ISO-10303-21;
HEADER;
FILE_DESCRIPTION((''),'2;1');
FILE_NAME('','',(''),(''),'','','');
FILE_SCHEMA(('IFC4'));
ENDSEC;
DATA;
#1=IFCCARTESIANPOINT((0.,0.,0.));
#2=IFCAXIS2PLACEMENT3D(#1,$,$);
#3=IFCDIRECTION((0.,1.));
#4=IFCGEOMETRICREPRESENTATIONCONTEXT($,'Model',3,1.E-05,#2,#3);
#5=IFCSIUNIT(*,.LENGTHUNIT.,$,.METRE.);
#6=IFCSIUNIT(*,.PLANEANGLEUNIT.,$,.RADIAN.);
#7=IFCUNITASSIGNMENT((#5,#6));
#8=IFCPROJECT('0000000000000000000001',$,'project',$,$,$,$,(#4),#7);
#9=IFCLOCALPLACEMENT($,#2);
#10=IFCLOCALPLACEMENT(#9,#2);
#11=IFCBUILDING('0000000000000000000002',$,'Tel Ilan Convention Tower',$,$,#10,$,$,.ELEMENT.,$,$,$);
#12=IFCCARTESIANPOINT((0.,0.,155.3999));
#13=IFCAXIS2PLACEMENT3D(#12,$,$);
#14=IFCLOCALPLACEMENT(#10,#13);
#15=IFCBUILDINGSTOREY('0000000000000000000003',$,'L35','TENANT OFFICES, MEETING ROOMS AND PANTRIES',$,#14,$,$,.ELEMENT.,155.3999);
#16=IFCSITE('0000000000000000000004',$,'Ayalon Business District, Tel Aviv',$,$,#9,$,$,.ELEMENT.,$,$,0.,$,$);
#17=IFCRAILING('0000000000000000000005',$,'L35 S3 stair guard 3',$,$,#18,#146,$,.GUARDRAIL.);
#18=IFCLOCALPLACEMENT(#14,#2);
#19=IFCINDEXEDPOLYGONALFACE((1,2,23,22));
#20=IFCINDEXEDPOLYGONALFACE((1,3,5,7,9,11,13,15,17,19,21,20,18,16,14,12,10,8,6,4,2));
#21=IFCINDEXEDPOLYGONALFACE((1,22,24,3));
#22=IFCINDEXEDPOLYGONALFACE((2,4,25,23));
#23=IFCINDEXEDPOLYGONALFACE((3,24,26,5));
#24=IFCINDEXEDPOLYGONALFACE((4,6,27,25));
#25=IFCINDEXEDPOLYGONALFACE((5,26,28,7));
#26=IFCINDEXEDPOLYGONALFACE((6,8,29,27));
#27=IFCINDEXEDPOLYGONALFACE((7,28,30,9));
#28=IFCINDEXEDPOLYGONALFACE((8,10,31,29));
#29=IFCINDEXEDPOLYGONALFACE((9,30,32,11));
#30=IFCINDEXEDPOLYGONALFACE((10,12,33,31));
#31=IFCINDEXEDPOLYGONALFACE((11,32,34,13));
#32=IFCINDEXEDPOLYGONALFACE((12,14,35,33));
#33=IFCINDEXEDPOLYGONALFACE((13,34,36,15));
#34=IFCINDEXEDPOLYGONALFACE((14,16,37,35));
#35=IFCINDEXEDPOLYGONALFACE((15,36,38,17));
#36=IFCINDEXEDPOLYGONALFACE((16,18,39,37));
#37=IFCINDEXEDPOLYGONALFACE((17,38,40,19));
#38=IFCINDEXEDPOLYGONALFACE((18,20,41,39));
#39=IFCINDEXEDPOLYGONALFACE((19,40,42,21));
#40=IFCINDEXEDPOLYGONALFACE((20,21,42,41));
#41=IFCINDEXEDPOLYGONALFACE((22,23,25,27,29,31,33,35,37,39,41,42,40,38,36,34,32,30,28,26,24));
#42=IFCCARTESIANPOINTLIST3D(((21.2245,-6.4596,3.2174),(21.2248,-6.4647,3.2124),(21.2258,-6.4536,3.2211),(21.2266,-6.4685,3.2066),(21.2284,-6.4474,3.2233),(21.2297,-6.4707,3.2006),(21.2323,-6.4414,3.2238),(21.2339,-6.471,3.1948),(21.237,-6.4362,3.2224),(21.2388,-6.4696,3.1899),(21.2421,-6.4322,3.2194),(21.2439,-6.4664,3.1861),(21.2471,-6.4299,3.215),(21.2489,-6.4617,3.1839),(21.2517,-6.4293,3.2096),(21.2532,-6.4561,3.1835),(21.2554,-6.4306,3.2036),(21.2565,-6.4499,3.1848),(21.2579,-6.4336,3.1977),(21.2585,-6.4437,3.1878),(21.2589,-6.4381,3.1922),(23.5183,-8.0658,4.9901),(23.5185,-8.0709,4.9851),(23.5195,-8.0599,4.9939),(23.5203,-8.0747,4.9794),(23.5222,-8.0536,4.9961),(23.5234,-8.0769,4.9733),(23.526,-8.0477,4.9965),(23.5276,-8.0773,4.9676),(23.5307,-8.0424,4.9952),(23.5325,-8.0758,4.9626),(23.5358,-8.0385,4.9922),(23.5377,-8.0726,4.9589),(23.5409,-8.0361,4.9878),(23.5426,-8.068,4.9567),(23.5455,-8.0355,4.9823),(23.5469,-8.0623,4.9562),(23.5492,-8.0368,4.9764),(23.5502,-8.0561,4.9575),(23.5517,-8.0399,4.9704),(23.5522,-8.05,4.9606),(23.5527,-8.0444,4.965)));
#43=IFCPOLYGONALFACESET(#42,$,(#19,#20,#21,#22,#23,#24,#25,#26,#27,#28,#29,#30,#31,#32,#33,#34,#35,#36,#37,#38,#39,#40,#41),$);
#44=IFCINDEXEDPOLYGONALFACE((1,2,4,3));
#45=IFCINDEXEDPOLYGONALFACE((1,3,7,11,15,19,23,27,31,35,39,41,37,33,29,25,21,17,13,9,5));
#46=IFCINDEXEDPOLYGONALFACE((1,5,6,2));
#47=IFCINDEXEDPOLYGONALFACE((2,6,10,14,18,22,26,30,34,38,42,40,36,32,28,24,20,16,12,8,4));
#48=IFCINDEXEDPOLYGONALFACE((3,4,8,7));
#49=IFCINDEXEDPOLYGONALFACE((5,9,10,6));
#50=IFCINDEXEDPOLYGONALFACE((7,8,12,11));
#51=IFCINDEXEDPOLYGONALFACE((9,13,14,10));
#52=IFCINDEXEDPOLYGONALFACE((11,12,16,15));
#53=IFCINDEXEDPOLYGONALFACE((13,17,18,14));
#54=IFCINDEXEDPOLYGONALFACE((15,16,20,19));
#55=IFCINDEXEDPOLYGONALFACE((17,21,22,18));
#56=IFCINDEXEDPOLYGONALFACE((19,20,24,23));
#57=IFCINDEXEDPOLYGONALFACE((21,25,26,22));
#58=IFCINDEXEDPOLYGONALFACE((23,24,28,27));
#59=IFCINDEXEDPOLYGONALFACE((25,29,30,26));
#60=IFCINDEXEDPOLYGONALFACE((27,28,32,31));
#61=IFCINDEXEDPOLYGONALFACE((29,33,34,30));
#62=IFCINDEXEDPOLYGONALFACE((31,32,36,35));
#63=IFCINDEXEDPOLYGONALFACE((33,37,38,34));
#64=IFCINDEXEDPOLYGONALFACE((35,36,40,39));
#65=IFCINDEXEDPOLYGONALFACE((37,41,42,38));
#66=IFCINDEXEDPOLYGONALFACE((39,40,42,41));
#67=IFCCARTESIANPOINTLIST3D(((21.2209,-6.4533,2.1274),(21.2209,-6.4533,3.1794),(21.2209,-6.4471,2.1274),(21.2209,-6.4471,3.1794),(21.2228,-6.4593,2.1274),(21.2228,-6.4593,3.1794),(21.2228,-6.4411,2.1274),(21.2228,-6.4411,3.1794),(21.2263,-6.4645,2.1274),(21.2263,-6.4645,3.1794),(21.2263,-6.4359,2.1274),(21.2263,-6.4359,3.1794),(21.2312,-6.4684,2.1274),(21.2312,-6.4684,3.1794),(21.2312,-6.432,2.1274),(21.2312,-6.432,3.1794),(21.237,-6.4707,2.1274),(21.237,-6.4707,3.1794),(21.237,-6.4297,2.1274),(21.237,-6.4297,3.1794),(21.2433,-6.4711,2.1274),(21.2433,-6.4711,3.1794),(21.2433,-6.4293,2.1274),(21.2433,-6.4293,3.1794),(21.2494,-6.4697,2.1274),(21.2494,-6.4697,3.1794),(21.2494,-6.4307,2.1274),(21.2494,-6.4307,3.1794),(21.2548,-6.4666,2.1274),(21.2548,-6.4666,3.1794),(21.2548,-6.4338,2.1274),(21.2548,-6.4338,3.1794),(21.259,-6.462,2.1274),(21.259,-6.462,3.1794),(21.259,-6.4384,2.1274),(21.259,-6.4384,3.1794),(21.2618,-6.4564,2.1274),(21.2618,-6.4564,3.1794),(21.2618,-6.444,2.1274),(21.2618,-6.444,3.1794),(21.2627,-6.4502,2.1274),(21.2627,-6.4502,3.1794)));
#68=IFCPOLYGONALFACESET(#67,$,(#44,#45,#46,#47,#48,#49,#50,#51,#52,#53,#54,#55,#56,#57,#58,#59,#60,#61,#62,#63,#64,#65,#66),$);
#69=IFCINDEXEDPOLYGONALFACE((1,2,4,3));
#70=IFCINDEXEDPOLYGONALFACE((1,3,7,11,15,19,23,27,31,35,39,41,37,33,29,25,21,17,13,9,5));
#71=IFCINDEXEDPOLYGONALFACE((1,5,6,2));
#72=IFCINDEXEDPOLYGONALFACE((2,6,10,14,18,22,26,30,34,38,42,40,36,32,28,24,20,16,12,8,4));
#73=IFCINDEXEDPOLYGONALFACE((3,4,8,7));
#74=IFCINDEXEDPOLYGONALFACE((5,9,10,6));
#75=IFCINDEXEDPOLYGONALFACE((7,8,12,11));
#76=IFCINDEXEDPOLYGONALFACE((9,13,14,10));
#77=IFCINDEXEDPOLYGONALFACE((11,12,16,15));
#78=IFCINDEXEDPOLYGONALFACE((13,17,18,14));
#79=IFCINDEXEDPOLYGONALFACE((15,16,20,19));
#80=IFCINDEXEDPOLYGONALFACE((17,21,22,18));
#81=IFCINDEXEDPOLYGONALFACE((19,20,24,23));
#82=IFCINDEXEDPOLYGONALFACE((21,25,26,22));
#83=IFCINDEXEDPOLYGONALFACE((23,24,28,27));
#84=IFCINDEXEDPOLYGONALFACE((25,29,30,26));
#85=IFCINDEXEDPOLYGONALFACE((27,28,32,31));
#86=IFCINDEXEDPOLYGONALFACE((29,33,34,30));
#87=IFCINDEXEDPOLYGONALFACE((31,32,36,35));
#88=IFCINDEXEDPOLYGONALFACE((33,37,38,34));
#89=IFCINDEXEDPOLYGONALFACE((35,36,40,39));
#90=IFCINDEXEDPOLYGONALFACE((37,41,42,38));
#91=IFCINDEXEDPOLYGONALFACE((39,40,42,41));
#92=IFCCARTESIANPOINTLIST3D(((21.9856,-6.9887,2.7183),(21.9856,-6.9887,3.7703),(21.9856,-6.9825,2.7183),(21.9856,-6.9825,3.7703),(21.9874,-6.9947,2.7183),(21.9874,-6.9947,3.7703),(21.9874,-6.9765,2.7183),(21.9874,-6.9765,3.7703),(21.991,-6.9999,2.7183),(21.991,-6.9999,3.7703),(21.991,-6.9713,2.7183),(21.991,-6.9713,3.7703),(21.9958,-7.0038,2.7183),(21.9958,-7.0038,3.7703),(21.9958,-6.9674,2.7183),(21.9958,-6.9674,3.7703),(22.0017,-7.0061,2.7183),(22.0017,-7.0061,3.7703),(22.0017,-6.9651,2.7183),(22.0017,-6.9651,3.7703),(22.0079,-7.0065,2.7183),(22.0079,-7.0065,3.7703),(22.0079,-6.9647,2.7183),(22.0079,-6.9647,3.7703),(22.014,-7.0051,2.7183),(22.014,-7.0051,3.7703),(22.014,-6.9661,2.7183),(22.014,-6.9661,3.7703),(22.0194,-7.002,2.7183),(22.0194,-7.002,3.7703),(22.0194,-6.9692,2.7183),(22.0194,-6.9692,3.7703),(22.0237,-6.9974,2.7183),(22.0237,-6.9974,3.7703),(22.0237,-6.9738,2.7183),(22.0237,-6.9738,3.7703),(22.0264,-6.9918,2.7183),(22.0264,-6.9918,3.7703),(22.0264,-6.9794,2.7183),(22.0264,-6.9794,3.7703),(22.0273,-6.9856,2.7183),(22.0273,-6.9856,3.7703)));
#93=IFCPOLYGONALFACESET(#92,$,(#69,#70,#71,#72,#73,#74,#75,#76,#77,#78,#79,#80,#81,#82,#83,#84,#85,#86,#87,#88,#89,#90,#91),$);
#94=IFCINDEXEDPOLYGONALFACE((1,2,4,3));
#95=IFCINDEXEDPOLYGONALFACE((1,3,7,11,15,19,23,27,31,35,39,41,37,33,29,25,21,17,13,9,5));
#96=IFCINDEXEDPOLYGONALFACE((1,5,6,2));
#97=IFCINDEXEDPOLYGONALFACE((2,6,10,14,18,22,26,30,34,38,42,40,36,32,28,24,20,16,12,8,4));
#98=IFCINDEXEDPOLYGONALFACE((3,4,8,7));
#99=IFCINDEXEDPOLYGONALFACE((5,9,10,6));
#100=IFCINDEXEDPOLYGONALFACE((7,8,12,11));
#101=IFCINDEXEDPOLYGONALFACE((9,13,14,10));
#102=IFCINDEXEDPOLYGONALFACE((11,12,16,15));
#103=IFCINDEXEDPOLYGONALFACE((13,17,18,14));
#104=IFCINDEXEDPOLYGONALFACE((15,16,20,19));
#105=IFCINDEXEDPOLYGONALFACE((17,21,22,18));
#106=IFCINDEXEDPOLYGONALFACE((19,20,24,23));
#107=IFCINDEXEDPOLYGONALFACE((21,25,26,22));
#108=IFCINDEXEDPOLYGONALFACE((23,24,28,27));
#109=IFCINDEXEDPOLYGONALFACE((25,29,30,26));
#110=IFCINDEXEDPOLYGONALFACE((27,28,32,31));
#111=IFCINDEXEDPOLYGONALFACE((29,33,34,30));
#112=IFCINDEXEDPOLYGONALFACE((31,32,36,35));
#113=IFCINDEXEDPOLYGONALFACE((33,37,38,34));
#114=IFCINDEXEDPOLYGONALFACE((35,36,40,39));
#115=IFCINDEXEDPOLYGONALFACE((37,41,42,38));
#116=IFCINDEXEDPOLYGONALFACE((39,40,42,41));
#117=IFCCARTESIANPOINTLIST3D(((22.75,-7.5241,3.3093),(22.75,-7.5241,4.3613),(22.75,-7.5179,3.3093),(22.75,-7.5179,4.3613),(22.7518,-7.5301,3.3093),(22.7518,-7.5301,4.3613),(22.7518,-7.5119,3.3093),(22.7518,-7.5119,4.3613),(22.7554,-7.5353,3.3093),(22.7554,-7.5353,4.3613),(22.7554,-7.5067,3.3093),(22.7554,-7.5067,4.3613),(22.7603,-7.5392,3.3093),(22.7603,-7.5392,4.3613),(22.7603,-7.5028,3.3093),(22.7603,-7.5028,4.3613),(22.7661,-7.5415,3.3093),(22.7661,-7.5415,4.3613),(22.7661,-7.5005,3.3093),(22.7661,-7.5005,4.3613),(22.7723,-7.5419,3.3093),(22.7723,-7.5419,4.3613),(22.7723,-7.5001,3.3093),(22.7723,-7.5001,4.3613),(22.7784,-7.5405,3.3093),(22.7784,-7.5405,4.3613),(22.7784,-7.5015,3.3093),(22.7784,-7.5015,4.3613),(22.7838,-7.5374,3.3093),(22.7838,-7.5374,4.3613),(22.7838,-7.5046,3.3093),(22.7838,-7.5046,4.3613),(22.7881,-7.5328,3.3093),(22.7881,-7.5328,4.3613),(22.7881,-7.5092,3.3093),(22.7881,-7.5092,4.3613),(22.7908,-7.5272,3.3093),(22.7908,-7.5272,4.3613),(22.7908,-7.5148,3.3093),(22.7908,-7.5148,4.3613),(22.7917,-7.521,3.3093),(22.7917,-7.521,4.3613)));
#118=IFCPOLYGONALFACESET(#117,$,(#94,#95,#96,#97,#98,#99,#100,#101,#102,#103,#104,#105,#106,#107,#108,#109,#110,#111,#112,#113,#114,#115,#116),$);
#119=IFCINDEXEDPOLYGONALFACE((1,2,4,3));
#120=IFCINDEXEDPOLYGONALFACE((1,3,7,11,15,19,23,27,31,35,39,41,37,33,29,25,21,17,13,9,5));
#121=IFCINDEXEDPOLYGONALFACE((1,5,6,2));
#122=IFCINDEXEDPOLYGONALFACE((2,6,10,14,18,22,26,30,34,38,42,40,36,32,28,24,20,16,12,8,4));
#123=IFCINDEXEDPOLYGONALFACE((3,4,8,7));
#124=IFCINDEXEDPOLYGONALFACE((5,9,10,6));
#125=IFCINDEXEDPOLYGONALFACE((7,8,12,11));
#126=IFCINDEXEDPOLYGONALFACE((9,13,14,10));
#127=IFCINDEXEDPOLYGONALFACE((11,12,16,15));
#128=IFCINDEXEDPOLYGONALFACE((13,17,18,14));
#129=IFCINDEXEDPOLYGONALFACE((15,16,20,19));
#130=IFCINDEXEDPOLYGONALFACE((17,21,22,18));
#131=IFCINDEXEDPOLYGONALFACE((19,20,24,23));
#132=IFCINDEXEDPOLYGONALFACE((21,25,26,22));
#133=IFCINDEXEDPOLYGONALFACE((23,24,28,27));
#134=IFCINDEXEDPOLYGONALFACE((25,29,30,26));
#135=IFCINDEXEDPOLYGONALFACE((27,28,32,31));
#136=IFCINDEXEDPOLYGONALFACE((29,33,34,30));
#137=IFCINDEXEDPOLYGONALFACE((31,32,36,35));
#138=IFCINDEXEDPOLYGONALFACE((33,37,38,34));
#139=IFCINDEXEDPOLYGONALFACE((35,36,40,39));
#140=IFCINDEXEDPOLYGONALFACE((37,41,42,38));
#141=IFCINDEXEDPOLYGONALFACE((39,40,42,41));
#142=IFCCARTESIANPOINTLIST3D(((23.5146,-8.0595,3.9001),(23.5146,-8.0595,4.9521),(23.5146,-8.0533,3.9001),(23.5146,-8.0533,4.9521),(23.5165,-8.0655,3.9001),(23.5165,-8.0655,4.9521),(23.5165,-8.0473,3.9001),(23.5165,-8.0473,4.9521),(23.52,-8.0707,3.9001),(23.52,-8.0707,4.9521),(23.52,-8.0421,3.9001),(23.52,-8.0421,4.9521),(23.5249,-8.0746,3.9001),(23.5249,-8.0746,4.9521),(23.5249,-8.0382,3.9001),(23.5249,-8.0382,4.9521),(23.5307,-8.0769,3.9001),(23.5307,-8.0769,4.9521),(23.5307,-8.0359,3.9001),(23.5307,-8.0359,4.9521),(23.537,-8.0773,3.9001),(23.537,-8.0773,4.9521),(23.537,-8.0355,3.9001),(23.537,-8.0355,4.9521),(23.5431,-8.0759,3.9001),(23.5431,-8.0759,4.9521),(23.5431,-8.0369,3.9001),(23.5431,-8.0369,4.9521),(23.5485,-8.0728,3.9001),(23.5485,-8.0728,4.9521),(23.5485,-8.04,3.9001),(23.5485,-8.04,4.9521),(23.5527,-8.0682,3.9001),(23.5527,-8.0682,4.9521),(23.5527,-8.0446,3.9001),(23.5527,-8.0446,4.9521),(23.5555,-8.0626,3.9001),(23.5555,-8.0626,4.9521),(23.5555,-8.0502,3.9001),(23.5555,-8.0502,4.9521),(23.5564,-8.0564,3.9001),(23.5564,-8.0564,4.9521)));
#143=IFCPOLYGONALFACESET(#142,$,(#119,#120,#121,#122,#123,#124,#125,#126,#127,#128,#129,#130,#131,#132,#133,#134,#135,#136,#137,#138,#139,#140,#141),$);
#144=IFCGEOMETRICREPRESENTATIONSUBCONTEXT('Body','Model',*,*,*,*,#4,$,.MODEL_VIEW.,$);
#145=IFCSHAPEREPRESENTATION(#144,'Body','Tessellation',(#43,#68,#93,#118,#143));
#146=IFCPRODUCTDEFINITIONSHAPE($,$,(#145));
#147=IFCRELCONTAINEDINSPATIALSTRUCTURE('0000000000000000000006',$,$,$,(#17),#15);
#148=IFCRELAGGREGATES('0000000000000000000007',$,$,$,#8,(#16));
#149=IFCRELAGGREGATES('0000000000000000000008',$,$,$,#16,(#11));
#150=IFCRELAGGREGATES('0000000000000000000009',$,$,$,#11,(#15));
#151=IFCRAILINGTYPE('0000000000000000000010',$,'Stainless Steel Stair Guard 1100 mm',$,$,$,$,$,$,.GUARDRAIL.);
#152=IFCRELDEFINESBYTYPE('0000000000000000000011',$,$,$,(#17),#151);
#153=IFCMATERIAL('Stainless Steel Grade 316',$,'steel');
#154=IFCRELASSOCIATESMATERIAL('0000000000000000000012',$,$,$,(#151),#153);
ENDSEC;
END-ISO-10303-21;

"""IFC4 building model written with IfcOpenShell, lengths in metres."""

from ifc_helpers import new_model, si_unit, direction, frame, origin, origin_2d, place, context, subcontext, project, spatial, circle, extrude, material, type_object, element, save


model = new_model("IFC4")

# Units and contexts
model_context = context("Model", 3, precision=1e-05, world=origin(), true_north=direction((0.0, 1.0)))
body_context = subcontext(model_context, "Body", "Model", "MODEL_VIEW")
ifc_project = project(units=[si_unit("LENGTHUNIT", "METRE"), si_unit("PLANEANGLEUNIT", "RADIAN")], contexts=[model_context])

# Site, building, storey
site_placement = place(None, origin())
site = spatial("IfcSite", under=ifc_project, at=site_placement, Name="Ayalon Business District, Tel Aviv", CompositionType="ELEMENT", RefElevation=0.0)
building_placement = place(site_placement, origin())
building = spatial("IfcBuilding", under=site, at=building_placement, Name="Tel Ilan Convention Tower", CompositionType="ELEMENT")
storey_placement = place(building_placement, frame((0.0, 0.0, 155.3999)))
storey = spatial("IfcBuildingStorey", under=building, at=storey_placement, Name="L35", Description="TENANT OFFICES, MEETING ROOMS AND PANTRIES", CompositionType="ELEMENT", Elevation=155.3999)

# Railing
ifc_material_1 = material(Name="Stainless Steel Grade 316", Category="steel")
railing_type_1 = type_object("IfcRailingType", Name="Stainless Steel Stair Guard 1100 mm", PredefinedType="GUARDRAIL", material=ifc_material_1)
railing_1_placement = place(storey_placement, frame((21.2417, -6.4502, 2.1274)))
element("IfcRailing", 1, at=railing_1_placement, inside=storey, type_object=railing_type_1, Name="L35 S3 stair guard 3", PredefinedType="GUARDRAIL", context=body_context, shape_type="SweptSolid", body=[
    extrude(circle(Radius=0.0239, at=origin_2d()), frame((0.0, 0.0, 1.0762), z_axis=(0.692098, -0.484653, 0.534894), x_axis=(0.573609, 0.81913, 0.0)), (0.0, 0.0, 1.0), 3.3142),
    extrude(circle(Radius=0.021, at=origin_2d()), origin(), (0.0, 0.0, 1.0), 1.052),
    extrude(circle(Radius=0.021, at=origin_2d()), frame((0.7646, -0.5354, 0.5908)), (0.0, 0.0, 1.0), 1.052),
    extrude(circle(Radius=0.021, at=origin_2d()), frame((1.5291, -1.0708, 1.1819)), (0.0, 0.0, 1.0), 1.052),
    extrude(circle(Radius=0.021, at=origin_2d()), frame((2.2937, -1.6062, 1.7727)), (0.0, 0.0, 1.0), 1.052),
])

save(model, "model.ifc")
